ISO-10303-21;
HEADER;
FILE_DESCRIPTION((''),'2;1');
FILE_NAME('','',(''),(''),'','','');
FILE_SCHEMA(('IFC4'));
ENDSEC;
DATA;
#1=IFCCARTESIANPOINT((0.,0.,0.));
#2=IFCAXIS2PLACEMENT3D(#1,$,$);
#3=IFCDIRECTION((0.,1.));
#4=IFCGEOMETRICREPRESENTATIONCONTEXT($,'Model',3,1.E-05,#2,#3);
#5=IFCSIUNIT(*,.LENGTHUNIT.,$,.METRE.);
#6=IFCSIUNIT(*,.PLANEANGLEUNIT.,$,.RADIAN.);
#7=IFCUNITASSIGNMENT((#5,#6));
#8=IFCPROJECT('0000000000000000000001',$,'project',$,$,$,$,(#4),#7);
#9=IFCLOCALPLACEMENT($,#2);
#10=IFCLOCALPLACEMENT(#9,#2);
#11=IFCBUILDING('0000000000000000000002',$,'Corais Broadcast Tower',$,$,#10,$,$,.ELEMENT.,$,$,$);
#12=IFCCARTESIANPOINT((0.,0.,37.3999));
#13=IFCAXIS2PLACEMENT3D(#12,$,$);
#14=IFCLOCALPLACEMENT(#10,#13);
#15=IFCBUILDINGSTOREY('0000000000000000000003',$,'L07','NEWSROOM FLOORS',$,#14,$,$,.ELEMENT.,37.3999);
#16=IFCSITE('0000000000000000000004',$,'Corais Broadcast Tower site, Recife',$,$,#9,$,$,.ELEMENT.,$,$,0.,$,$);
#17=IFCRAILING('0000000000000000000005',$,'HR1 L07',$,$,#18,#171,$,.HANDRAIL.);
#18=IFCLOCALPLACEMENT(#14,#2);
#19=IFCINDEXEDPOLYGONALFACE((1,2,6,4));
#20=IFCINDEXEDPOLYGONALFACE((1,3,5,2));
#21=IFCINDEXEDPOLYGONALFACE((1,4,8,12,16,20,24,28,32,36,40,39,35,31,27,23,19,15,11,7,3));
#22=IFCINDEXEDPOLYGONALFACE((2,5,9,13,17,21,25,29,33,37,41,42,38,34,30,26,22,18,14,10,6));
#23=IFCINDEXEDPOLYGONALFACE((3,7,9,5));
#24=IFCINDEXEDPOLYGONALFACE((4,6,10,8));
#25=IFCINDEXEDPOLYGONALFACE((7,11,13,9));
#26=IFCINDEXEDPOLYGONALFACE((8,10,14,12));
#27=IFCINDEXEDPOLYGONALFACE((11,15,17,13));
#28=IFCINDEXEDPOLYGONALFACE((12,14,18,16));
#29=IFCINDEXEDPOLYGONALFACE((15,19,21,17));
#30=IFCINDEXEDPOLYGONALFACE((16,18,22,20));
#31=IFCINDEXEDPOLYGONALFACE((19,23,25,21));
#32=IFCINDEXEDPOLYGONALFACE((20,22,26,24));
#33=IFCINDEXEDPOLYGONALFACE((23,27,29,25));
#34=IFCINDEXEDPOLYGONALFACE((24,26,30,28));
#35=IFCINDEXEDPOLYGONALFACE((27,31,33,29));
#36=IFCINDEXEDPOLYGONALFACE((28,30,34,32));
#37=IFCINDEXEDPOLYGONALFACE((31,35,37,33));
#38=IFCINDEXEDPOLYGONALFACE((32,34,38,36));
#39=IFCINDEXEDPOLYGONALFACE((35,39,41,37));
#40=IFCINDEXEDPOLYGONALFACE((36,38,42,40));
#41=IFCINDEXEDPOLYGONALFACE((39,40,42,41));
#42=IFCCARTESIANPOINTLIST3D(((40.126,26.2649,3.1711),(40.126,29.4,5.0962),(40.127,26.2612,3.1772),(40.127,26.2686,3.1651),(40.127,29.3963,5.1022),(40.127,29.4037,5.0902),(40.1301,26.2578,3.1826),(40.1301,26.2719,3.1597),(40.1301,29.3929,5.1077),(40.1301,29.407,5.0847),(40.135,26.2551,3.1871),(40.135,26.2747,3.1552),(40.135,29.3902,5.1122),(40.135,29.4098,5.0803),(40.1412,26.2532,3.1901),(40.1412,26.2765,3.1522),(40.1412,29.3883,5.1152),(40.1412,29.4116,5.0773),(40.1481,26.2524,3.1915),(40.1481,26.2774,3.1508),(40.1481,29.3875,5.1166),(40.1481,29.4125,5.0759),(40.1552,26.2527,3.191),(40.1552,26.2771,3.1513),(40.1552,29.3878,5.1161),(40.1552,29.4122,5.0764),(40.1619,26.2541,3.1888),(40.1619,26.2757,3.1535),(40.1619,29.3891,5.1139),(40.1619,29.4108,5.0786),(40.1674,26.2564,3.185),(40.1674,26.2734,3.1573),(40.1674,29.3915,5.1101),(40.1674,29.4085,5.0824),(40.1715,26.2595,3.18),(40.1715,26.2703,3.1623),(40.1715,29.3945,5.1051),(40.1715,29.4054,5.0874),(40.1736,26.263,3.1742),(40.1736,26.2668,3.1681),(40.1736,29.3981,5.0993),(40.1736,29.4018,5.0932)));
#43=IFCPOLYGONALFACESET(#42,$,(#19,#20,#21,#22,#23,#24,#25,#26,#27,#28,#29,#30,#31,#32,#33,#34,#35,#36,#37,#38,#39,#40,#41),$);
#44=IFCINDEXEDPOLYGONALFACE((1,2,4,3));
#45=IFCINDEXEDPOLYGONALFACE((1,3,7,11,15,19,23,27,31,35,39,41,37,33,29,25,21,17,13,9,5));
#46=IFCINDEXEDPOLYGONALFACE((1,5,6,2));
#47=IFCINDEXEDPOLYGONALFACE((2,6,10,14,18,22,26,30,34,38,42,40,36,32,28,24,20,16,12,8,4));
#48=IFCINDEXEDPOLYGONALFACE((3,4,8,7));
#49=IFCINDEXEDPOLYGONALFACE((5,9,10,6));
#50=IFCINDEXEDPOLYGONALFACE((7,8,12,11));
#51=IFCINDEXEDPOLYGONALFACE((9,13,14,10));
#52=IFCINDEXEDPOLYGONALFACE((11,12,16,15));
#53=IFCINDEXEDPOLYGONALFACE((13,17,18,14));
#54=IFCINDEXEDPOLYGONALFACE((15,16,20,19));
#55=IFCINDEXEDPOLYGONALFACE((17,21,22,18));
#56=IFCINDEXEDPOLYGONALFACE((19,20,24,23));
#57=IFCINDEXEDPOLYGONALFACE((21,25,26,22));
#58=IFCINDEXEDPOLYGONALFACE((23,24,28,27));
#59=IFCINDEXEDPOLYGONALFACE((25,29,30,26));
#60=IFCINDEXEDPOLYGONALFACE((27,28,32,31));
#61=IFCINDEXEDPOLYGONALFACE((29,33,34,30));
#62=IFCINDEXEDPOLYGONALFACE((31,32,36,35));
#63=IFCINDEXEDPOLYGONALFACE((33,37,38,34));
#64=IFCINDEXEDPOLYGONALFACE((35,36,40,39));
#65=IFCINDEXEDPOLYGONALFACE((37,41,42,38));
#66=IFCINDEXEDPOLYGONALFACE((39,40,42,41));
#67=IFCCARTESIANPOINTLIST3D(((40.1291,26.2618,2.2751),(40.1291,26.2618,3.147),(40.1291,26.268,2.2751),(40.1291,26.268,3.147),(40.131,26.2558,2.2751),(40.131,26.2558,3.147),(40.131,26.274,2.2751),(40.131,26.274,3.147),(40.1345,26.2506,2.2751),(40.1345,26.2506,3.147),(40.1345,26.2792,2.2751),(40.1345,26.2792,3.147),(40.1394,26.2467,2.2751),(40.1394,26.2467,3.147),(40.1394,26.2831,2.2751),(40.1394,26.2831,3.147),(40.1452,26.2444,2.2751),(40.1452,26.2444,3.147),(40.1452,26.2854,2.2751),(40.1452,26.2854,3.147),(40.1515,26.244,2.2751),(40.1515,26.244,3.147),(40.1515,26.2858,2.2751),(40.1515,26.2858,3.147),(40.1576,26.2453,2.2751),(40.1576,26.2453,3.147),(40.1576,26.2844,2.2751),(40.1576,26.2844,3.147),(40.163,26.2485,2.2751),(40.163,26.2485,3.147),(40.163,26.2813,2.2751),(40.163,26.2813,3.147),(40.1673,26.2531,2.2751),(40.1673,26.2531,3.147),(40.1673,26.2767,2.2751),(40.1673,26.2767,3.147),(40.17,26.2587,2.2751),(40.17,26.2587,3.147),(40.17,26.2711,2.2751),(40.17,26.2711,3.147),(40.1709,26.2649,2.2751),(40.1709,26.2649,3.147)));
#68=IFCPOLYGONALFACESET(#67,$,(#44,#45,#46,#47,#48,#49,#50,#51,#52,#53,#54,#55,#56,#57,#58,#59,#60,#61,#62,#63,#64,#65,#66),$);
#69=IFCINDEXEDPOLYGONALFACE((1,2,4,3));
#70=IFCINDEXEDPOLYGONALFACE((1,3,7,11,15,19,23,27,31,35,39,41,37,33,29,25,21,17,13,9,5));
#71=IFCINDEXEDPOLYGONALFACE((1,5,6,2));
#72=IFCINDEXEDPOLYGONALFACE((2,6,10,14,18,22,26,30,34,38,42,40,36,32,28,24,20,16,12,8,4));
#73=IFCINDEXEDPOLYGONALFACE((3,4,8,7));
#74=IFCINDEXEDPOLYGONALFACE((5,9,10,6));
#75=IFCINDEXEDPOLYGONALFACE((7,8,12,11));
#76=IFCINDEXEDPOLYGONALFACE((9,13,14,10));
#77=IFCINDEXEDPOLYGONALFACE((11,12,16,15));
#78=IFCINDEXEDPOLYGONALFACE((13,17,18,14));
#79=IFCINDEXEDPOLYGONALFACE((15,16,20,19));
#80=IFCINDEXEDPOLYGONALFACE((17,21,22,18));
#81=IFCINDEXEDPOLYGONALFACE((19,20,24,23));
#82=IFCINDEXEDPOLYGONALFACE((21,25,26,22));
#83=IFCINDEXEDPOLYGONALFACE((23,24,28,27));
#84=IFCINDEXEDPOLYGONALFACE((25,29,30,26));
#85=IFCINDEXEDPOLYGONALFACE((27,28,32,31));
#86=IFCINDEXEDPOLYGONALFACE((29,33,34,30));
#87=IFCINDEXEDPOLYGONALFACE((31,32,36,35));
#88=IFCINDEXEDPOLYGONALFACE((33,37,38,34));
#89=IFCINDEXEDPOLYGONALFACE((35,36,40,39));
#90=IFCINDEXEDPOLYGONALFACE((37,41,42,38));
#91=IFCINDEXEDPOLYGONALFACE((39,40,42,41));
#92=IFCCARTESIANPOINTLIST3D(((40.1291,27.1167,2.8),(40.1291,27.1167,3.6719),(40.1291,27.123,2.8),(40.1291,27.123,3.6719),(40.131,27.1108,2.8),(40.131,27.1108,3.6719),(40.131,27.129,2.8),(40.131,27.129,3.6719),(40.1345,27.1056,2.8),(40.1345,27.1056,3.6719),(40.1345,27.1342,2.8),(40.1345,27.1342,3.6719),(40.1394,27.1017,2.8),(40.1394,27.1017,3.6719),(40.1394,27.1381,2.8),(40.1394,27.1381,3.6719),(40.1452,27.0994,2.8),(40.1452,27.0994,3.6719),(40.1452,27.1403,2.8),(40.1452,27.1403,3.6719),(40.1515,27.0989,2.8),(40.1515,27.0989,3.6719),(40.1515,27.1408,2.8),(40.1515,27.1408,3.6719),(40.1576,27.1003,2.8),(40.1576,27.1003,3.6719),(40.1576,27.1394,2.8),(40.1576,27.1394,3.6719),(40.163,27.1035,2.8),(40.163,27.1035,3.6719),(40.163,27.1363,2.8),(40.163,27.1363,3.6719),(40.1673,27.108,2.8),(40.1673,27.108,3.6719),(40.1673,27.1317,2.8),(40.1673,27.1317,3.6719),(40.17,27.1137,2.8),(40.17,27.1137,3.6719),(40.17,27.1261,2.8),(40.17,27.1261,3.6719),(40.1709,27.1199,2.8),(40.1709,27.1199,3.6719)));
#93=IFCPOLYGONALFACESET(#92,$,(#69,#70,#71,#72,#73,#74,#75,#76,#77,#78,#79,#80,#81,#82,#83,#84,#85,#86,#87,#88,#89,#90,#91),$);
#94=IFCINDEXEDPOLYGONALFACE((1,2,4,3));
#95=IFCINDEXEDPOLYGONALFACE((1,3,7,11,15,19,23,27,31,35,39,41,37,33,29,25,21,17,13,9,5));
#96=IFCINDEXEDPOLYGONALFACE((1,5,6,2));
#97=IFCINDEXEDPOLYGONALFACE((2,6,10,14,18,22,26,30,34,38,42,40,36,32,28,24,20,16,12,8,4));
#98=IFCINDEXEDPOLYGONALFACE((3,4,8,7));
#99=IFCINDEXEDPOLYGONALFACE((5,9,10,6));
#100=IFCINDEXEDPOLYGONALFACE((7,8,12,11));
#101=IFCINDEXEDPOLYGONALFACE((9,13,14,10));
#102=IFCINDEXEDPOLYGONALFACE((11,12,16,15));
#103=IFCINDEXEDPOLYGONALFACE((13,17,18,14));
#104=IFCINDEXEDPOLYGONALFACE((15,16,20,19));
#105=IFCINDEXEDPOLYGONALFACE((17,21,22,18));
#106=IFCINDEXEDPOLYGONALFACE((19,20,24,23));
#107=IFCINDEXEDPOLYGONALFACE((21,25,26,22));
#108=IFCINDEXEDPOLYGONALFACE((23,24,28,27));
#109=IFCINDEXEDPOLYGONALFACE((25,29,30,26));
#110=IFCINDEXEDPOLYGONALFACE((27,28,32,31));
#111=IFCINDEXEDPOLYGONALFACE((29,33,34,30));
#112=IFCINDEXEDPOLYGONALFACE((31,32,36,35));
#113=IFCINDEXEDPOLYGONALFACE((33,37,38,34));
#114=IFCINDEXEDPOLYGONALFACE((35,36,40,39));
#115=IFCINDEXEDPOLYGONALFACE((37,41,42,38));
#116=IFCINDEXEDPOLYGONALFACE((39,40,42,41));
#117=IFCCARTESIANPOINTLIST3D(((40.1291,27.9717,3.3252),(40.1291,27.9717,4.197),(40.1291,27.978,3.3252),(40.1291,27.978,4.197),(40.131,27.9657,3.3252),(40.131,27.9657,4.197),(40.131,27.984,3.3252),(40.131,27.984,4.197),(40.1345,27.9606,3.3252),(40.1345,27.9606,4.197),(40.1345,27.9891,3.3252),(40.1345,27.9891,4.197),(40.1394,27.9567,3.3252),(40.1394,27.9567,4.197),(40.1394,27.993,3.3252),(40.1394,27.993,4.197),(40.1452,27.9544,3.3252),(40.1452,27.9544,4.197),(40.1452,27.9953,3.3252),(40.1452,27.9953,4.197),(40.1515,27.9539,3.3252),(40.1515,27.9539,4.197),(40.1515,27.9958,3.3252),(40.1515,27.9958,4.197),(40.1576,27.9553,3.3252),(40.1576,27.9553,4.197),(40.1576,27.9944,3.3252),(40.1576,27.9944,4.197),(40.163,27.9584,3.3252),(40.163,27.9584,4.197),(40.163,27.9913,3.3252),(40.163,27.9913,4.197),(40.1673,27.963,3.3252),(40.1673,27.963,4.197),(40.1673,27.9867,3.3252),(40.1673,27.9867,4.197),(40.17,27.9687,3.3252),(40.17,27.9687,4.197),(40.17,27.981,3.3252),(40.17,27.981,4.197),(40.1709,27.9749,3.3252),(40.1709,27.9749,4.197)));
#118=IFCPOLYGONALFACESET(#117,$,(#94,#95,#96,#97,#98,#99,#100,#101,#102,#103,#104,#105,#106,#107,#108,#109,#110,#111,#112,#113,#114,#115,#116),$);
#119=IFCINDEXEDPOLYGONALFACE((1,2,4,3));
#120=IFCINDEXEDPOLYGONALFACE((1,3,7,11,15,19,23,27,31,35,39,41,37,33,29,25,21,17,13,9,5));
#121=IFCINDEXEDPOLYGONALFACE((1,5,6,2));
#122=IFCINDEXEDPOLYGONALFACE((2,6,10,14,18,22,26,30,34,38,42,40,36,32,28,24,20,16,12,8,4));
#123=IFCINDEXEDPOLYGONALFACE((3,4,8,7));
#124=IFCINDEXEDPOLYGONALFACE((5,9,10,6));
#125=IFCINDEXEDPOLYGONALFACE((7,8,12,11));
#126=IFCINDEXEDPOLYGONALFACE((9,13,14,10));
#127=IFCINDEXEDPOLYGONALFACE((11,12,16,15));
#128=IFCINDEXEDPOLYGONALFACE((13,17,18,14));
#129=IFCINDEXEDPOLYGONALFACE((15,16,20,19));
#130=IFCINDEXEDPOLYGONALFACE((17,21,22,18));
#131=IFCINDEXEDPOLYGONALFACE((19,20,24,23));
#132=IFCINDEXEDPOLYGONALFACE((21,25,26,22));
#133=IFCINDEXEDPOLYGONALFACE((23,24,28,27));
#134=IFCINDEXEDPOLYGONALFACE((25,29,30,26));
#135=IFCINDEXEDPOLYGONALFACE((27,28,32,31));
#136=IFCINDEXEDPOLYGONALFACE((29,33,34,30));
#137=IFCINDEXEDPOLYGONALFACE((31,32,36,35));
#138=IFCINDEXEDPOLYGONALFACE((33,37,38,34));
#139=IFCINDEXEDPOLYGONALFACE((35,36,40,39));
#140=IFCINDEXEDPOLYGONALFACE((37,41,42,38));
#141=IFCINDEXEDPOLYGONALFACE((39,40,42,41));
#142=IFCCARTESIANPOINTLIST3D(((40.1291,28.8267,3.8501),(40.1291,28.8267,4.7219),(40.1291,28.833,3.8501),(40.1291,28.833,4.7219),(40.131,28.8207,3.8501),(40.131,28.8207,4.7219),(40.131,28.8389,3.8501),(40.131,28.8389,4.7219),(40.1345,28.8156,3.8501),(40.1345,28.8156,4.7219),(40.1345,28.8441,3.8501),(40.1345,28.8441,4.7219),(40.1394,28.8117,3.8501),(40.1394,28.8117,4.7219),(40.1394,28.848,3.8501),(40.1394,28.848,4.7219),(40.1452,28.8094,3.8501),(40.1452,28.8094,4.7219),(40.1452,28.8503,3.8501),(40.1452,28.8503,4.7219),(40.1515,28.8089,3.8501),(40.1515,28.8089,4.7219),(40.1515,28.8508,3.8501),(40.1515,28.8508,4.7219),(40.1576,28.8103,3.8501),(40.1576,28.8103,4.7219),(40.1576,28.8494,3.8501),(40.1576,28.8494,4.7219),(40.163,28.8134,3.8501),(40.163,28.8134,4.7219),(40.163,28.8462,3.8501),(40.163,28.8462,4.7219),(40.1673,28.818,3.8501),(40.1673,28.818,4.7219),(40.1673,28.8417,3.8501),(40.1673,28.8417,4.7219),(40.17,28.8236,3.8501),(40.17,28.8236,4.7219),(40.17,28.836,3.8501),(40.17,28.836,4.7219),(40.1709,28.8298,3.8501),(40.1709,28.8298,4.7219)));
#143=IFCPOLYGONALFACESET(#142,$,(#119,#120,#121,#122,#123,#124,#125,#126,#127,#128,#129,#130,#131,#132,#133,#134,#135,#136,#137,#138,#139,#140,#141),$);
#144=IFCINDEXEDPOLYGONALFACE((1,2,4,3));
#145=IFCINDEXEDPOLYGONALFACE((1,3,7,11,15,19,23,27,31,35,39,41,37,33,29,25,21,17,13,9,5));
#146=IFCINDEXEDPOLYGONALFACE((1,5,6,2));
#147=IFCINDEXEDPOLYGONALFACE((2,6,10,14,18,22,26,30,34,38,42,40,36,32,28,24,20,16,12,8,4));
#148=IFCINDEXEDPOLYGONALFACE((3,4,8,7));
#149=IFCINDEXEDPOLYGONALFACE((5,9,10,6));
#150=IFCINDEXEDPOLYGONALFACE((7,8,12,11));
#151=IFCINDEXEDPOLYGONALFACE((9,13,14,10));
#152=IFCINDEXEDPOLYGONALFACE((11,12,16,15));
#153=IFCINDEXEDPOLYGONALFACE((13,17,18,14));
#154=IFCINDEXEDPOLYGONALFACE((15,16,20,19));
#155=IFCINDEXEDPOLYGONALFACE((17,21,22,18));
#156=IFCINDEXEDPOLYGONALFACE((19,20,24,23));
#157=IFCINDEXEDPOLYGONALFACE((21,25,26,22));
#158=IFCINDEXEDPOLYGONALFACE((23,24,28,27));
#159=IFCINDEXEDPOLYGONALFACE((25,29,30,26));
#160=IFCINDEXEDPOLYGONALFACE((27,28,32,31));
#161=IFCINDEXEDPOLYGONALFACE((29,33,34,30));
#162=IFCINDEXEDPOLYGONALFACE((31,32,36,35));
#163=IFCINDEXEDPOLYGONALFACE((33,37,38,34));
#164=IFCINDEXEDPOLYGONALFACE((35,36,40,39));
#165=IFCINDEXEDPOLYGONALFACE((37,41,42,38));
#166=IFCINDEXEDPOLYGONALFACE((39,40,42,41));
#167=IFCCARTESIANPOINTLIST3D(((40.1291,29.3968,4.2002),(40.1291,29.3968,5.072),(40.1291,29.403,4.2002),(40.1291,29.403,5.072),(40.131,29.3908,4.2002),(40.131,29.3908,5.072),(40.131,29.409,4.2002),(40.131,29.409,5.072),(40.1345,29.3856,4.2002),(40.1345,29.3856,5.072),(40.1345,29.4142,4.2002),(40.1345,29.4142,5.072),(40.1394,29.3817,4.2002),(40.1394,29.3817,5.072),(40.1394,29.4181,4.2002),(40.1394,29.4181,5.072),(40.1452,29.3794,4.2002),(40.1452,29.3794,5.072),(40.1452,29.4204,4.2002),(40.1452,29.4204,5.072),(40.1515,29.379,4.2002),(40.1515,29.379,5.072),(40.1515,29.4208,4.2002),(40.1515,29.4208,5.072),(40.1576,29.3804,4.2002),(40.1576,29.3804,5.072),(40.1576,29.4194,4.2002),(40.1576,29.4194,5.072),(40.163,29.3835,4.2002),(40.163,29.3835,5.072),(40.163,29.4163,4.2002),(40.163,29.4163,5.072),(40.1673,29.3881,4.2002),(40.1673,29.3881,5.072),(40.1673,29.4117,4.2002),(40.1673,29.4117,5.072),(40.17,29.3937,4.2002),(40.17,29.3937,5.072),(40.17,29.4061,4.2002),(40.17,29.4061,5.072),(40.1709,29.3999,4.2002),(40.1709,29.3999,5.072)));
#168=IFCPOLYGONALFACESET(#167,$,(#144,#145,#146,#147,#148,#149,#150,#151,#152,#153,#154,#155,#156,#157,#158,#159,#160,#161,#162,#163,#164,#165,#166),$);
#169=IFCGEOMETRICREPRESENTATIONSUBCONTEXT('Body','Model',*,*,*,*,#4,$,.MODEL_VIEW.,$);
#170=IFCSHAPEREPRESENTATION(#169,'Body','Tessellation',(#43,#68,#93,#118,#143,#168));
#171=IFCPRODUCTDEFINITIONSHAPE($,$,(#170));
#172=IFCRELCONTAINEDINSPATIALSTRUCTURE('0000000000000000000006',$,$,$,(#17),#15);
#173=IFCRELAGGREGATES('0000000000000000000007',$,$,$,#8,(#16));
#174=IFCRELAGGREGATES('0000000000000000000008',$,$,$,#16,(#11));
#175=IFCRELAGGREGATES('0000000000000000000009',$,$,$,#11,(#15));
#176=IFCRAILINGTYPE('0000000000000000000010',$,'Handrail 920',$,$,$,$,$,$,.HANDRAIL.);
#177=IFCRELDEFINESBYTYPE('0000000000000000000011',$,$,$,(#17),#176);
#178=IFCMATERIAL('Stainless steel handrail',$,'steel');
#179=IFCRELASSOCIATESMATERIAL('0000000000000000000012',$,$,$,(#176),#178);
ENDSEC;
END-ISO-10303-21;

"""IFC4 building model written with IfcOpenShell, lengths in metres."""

from ifc_helpers import new_model, si_unit, direction, frame, origin, origin_2d, place, context, subcontext, project, spatial, circle, extrude, material, type_object, element, save


model = new_model("IFC4")

# Units and contexts
model_context = context("Model", 3, precision=1e-05, world=origin(), true_north=direction((0.0, 1.0)))
body_context = subcontext(model_context, "Body", "Model", "MODEL_VIEW")
ifc_project = project(units=[si_unit("LENGTHUNIT", "METRE"), si_unit("PLANEANGLEUNIT", "RADIAN")], contexts=[model_context])

# Site, building, storey
site_placement = place(None, origin())
site = spatial("IfcSite", under=ifc_project, at=site_placement, Name="Corais Broadcast Tower site, Recife", CompositionType="ELEMENT", RefElevation=0.0)
building_placement = place(site_placement, origin())
building = spatial("IfcBuilding", under=site, at=building_placement, Name="Corais Broadcast Tower", CompositionType="ELEMENT")
storey_placement = place(building_placement, frame((0.0, 0.0, 37.3999)))
storey = spatial("IfcBuildingStorey", under=building, at=storey_placement, Name="L07", Description="NEWSROOM FLOORS", CompositionType="ELEMENT", Elevation=37.3999)

# Railing
ifc_material_1 = material(Name="Stainless steel handrail", Category="steel")
railing_type_1 = type_object("IfcRailingType", Name="Handrail 920", PredefinedType="HANDRAIL", material=ifc_material_1)
for number, where, name in (
    (1, (40.1499, 26.2649, 2.2751), "HR1 L07"),
):
    element("IfcRailing", number, at=place(storey_placement, frame(where)), inside=storey, type_object=railing_type_1, Name=name, PredefinedType="HANDRAIL", context=body_context, shape_type="SweptSolid", body=[
        extrude(circle(Radius=0.0239, at=origin_2d()), frame((0.0, 0.0, 0.896), z_axis=(0.0, 0.852166, 0.523271), x_axis=(-1.0, 0.0, 0.0)), (0.0, 0.0, 1.0), 3.679),
        extrude(circle(Radius=0.021, at=origin_2d()), origin(), (0.0, 0.0, 1.0), 0.8718),
        extrude(circle(Radius=0.021, at=origin_2d()), frame((0.0, 0.855, 0.5249)), (0.0, 0.0, 1.0), 0.8718),
        extrude(circle(Radius=0.021, at=origin_2d()), frame((0.0, 1.71, 1.05)), (0.0, 0.0, 1.0), 0.8718),
        extrude(circle(Radius=0.021, at=origin_2d()), frame((0.0, 2.5649, 1.575)), (0.0, 0.0, 1.0), 0.8718),
        extrude(circle(Radius=0.021, at=origin_2d()), frame((0.0, 3.135, 1.925)), (0.0, 0.0, 1.0), 0.8718),
    ])

save(model, "model.ifc")
